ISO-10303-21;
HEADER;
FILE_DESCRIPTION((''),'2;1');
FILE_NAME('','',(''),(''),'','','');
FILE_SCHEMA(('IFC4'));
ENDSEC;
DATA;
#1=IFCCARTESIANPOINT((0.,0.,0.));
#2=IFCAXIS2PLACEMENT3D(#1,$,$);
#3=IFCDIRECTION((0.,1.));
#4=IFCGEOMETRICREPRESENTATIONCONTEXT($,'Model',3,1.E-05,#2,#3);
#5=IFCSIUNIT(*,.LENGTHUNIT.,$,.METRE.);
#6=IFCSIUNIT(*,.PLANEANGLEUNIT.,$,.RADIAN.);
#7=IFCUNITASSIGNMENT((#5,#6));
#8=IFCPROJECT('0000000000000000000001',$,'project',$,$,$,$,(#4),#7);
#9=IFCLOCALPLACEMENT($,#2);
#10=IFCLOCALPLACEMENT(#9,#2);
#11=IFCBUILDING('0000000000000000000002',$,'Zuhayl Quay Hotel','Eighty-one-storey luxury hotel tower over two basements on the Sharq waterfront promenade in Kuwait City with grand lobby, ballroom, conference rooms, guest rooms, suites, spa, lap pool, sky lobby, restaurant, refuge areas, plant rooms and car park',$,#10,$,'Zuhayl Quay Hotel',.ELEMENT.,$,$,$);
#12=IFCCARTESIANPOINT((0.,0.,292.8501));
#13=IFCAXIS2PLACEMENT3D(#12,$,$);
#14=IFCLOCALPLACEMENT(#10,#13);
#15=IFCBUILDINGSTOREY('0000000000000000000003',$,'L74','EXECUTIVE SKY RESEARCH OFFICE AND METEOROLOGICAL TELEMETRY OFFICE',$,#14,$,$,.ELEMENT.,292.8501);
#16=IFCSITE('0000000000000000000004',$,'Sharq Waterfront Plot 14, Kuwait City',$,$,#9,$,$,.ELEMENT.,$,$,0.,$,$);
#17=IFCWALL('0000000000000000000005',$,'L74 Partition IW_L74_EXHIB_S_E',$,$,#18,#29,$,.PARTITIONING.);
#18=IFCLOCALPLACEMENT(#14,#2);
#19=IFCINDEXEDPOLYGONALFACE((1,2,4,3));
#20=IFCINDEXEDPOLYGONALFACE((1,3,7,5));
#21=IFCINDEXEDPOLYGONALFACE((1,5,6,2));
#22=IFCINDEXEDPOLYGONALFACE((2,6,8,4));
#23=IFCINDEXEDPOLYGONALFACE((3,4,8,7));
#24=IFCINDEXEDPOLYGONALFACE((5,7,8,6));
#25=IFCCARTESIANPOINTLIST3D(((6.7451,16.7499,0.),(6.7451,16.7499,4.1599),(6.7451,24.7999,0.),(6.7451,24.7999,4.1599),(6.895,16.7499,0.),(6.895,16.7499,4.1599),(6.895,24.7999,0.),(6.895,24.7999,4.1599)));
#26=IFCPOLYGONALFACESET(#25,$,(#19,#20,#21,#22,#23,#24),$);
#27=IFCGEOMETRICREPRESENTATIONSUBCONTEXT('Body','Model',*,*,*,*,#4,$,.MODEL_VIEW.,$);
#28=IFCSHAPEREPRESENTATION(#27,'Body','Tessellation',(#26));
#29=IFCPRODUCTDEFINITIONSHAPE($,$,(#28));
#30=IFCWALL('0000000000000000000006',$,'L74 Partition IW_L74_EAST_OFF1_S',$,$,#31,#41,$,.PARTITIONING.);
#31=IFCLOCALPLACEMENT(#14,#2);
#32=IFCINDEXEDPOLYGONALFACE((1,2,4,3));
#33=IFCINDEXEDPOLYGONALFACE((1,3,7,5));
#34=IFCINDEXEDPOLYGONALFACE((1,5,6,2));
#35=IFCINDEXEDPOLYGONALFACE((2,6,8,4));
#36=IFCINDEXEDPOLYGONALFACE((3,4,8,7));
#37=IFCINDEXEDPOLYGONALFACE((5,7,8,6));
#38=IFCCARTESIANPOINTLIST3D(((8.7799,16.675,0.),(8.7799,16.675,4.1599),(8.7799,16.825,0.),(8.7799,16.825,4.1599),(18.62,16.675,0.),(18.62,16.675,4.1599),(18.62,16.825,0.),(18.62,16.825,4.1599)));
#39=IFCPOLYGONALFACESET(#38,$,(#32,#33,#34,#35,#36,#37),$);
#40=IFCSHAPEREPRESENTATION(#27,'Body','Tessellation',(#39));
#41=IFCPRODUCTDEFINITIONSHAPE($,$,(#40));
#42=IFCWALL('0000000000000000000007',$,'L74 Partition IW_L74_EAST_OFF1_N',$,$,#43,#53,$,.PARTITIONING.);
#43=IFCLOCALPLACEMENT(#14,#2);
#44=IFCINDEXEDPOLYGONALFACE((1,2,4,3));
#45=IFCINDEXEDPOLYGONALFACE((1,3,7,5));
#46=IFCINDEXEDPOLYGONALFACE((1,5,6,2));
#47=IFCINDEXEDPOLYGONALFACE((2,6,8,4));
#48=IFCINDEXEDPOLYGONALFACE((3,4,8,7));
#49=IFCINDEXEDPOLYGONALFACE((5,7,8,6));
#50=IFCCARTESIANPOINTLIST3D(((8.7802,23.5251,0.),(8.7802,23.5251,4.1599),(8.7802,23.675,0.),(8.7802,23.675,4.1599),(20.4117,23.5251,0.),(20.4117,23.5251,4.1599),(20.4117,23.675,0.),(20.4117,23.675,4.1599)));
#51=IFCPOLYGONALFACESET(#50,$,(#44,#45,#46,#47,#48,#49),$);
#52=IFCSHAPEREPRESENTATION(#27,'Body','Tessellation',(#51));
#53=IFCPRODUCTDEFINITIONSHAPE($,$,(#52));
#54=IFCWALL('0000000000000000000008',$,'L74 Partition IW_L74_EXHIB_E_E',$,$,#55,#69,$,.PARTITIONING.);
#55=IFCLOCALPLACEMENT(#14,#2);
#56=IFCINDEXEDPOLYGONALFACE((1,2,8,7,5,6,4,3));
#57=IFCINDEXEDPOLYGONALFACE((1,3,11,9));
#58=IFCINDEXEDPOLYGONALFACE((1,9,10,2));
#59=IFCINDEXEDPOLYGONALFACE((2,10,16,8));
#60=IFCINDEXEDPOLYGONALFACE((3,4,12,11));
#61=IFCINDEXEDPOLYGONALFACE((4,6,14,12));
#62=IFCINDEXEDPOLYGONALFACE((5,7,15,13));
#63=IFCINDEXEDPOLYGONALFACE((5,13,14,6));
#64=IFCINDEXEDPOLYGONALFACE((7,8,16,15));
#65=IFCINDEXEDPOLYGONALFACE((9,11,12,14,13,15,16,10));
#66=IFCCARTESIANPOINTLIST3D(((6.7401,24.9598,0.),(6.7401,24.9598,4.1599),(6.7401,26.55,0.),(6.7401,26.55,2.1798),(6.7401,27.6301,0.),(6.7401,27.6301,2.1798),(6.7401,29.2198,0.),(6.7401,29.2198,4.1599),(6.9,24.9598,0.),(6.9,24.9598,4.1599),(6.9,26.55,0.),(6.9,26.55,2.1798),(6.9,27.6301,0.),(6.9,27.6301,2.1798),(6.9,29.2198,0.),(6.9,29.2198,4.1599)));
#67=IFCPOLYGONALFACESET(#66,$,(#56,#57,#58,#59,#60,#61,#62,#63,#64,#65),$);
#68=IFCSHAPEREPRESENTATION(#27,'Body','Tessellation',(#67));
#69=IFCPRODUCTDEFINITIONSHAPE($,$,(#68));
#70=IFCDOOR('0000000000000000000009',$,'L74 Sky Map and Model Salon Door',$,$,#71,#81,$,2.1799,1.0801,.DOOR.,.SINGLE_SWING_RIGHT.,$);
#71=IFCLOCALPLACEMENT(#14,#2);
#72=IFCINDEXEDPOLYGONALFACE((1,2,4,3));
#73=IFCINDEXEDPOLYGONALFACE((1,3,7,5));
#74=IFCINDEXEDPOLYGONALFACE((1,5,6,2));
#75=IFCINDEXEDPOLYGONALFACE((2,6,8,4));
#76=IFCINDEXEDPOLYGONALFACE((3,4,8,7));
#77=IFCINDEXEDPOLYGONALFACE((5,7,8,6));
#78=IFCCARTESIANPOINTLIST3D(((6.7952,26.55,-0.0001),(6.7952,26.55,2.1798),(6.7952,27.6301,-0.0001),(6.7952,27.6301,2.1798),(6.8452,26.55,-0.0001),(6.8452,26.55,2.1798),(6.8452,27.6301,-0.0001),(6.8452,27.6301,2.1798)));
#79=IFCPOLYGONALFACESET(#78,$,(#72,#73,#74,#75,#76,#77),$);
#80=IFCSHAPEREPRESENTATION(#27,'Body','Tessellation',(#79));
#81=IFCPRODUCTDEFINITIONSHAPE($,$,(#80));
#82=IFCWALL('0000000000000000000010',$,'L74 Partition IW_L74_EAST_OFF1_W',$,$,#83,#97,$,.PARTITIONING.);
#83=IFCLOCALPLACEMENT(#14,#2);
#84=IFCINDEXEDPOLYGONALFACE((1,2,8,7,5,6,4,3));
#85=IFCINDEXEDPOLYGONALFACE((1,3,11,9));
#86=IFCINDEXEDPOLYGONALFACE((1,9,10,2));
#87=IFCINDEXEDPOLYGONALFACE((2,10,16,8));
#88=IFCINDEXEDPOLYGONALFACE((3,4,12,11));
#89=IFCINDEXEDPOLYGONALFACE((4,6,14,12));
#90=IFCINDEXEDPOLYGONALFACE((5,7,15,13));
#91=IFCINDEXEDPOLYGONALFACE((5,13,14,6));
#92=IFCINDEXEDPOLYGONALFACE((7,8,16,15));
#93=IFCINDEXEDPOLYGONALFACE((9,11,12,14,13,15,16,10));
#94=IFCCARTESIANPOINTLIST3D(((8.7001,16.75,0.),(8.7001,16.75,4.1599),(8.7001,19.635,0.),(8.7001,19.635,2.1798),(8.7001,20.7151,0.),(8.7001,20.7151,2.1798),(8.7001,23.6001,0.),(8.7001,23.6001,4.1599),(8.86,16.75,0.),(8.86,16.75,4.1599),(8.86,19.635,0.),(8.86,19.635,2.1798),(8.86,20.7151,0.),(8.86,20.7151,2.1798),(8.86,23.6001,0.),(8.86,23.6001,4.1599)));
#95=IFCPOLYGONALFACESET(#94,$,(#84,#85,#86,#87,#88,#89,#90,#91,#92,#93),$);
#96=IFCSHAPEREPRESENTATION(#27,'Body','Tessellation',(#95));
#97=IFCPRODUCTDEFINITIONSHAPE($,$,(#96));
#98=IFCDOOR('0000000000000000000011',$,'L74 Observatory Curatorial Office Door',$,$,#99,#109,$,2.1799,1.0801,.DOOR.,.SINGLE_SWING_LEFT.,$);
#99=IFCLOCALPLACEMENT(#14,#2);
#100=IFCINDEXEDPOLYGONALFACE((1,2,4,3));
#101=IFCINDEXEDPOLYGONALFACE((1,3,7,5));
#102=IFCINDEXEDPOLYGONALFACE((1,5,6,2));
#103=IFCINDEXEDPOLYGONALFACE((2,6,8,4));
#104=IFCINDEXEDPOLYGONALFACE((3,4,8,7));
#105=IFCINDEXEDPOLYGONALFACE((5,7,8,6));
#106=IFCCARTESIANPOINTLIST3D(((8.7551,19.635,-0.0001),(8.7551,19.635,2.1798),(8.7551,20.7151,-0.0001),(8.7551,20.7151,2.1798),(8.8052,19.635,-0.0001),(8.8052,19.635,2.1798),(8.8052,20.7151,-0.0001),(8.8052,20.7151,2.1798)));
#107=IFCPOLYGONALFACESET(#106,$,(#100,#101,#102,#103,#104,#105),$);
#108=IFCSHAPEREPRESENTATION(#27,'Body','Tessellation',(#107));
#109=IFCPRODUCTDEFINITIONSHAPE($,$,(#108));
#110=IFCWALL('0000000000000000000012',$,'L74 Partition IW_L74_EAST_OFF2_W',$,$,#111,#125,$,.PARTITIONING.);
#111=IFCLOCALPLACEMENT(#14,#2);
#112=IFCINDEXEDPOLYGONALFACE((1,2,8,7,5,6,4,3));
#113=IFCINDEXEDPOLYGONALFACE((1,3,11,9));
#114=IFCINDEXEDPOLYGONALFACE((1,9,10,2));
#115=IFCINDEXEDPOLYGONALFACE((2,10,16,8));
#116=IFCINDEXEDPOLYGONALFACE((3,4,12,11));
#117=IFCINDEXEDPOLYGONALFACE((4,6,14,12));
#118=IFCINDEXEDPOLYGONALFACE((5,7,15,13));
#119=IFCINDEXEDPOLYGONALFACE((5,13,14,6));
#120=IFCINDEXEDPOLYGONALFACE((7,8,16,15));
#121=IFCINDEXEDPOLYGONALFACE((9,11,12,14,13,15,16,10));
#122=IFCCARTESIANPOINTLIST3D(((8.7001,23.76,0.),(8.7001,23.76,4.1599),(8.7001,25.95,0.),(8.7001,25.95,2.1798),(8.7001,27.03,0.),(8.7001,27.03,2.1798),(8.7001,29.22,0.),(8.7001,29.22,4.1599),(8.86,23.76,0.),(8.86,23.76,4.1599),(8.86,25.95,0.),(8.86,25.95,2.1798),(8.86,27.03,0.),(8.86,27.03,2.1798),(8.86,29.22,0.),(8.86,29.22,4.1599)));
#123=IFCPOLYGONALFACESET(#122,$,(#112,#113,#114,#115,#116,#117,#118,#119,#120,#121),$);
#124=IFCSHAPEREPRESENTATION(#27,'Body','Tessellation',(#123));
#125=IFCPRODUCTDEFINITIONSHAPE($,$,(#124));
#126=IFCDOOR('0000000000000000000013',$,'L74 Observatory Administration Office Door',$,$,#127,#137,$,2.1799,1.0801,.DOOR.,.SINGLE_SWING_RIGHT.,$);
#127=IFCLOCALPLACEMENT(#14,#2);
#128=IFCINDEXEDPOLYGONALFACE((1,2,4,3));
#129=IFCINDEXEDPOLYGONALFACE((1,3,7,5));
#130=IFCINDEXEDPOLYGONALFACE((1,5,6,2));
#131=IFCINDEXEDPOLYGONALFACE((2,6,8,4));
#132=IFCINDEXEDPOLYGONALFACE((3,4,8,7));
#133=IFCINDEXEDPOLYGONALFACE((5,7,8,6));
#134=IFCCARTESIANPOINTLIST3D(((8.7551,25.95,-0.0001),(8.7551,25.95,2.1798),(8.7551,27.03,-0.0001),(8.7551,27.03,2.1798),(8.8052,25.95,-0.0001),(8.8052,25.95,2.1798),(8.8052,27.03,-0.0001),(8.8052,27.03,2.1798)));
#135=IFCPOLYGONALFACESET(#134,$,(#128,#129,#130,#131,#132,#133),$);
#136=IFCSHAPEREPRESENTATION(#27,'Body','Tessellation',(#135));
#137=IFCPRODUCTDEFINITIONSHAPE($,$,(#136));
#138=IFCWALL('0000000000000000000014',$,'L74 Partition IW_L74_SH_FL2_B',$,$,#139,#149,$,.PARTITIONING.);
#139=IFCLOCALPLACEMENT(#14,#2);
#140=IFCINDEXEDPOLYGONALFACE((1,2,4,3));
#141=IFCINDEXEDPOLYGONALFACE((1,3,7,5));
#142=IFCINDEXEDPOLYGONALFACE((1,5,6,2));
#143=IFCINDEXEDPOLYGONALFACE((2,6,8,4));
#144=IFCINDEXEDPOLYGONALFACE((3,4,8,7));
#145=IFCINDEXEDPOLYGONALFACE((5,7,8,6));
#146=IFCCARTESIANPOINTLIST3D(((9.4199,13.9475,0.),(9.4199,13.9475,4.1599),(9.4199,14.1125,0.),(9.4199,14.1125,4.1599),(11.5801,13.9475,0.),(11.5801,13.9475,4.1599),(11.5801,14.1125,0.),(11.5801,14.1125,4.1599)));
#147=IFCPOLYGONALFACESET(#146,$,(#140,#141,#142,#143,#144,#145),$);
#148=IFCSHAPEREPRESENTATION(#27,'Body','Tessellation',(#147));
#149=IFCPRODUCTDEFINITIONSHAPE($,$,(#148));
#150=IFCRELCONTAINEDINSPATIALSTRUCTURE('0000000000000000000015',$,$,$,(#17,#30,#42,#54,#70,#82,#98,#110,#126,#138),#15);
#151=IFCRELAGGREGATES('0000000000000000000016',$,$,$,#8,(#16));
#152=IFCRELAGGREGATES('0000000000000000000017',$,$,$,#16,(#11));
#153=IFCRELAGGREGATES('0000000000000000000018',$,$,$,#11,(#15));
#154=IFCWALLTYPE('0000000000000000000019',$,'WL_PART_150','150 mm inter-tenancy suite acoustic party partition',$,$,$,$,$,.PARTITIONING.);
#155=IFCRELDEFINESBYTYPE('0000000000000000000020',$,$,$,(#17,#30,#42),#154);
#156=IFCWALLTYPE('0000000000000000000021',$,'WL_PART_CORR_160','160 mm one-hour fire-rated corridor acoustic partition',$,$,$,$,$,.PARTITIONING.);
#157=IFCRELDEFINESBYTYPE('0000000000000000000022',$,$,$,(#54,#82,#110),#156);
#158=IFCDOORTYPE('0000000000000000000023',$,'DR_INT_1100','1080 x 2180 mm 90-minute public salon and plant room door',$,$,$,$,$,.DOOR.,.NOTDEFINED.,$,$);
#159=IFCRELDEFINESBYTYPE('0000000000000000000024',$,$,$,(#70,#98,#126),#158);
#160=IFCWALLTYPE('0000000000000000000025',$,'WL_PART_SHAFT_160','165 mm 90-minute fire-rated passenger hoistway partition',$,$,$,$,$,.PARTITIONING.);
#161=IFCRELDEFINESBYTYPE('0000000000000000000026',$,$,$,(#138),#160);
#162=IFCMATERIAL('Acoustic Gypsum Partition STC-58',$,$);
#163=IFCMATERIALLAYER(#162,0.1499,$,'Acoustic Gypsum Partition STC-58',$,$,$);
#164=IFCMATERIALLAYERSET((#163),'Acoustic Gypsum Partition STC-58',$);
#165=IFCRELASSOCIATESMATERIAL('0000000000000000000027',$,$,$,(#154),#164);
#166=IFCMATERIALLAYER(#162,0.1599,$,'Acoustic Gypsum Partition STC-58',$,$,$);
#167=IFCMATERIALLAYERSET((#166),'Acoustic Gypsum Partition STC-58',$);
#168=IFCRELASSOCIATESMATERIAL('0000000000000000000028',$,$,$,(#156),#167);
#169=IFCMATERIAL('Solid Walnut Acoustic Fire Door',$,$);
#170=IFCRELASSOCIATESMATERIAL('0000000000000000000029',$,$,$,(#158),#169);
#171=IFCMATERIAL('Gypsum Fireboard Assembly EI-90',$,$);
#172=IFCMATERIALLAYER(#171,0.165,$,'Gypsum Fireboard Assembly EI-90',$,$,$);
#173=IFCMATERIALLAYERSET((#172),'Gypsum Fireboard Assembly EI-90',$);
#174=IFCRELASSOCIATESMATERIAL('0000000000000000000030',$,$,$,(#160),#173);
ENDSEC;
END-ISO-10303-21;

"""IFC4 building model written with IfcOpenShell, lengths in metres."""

from ifc_helpers import new_model, si_unit, direction, frame, frame_2d, origin, place, context, subcontext, project, spatial, rectangle, extrude, material, layer, layer_set, type_object, element, fill, save


model = new_model("IFC4")

# Units and contexts
model_context = context("Model", 3, precision=1e-05, world=origin(), true_north=direction((0.0, 1.0)))
body_context = subcontext(model_context, "Body", "Model", "MODEL_VIEW")
ifc_project = project(units=[si_unit("LENGTHUNIT", "METRE"), si_unit("PLANEANGLEUNIT", "RADIAN")], contexts=[model_context])

# Site, building, storey
site_placement = place(None, origin())
site = spatial("IfcSite", under=ifc_project, at=site_placement, Name="Sharq Waterfront Plot 14, Kuwait City", CompositionType="ELEMENT", RefElevation=0.0)
building_placement = place(site_placement, origin())
building = spatial("IfcBuilding", under=site, at=building_placement, Name="Zuhayl Quay Hotel", Description="Eighty-one-storey luxury hotel tower over two basements on the Sharq waterfront promenade in Kuwait City with grand lobby, ballroom, conference rooms, guest rooms, suites, spa, lap pool, sky lobby, restaurant, refuge areas, plant rooms and car park", LongName="Zuhayl Quay Hotel", CompositionType="ELEMENT")
storey_placement = place(building_placement, frame((0.0, 0.0, 292.8501)))
storey = spatial("IfcBuildingStorey", under=building, at=storey_placement, Name="L74", Description="EXECUTIVE SKY RESEARCH OFFICE AND METEOROLOGICAL TELEMETRY OFFICE", CompositionType="ELEMENT", Elevation=292.8501)

# Walls
ifc_material_1 = material(Name="Acoustic Gypsum Partition STC-58")
ifc_layer_1 = layer(ifc_material_1, 0.1499, Name="Acoustic Gypsum Partition STC-58")
ifc_layer_set_1 = layer_set([ifc_layer_1], Name="Acoustic Gypsum Partition STC-58")
wall_type_1 = type_object("IfcWallType", Name="WL_PART_150", Description="150 mm inter-tenancy suite acoustic party partition", PredefinedType="PARTITIONING", material=ifc_layer_set_1)
wall_1_placement = place(storey_placement, frame((6.8201, 16.75, 0.0), z_axis=(0.0, 0.0, 1.0), x_axis=(0.0, 1.0, 0.0)))
element("IfcWall", 1, at=wall_1_placement, inside=storey, type_object=wall_type_1, Name="L74 Partition IW_L74_EXHIB_S_E", PredefinedType="PARTITIONING", context=body_context, shape_type="SweptSolid", body=[
    extrude(rectangle(XDim=8.05, YDim=0.1499, at=frame_2d((4.0249, 0.0))), origin(), (0.0, 0.0, 1.0), 4.1599),
])
wall_2_placement = place(storey_placement, frame((8.78, 16.75, 0.0), z_axis=(0.0, 0.0, 1.0), x_axis=(1.0, 0.0, 0.0)))
element("IfcWall", 2, at=wall_2_placement, inside=storey, type_object=wall_type_1, Name="L74 Partition IW_L74_EAST_OFF1_S", PredefinedType="PARTITIONING", context=body_context, shape_type="SweptSolid", body=[
    extrude(rectangle(XDim=9.8401, YDim=0.1499, at=frame_2d((4.9199, 0.0))), origin(), (0.0, 0.0, 1.0), 4.1599),
])
wall_3_placement = place(storey_placement, frame((8.78, 23.6001, 0.0), z_axis=(0.0, 0.0, 1.0), x_axis=(1.0, 0.0, 0.0)))
element("IfcWall", 3, at=wall_3_placement, inside=storey, type_object=wall_type_1, Name="L74 Partition IW_L74_EAST_OFF1_N", PredefinedType="PARTITIONING", context=body_context, shape_type="SweptSolid", body=[
    extrude(rectangle(XDim=11.6316, YDim=0.1499, at=frame_2d((5.8159, 0.0))), origin(), (0.0, 0.0, 1.0), 4.1599),
])

# Walls, openings, doors
ifc_layer_2 = layer(ifc_material_1, 0.1599, Name="Acoustic Gypsum Partition STC-58")
ifc_layer_set_2 = layer_set([ifc_layer_2], Name="Acoustic Gypsum Partition STC-58")
wall_type_2 = type_object("IfcWallType", Name="WL_PART_CORR_160", Description="160 mm one-hour fire-rated corridor acoustic partition", PredefinedType="PARTITIONING", material=ifc_layer_set_2)
wall_4_placement = place(storey_placement, frame((6.8201, 24.96, 0.0), z_axis=(0.0, 0.0, 1.0), x_axis=(0.0, 1.0, 0.0)))
wall_4 = element("IfcWall", 4, at=wall_4_placement, inside=storey, type_object=wall_type_2, Name="L74 Partition IW_L74_EXHIB_E_E", PredefinedType="PARTITIONING", context=body_context, shape_type="SweptSolid", body=[
    extrude(rectangle(XDim=4.26, YDim=0.1599, at=frame_2d((2.1299, 0.0))), origin(), (0.0, 0.0, 1.0), 4.1599),
])
opening_1_placement = place(wall_4_placement, frame((1.5901, 0.0, 0.0)))
opening_1 = element("IfcOpeningElement", 5, at=opening_1_placement, cuts=wall_4, PredefinedType="OPENING", context=body_context, shape_type="SweptSolid", body=[
    extrude(rectangle(XDim=1.0801, YDim=2.1799, at=frame_2d((0.54, 1.0898))), frame((0.0, 0.0898, 0.0), z_axis=(0.0, -1.0, 0.0), x_axis=(1.0, 0.0, 0.0)), (0.0, 0.0, 1.0), 0.1799),
])
ifc_material_2 = material(Name="Solid Walnut Acoustic Fire Door")
door_type_1 = type_object("IfcDoorType", Name="DR_INT_1100", Description="1080 x 2180 mm 90-minute public salon and plant room door", OperationType="NOTDEFINED", PredefinedType="DOOR", material=ifc_material_2)
door_1_placement = place(opening_1_placement, origin())
door_1 = element("IfcDoor", 6, at=door_1_placement, inside=storey, type_object=door_type_1, Name="L74 Sky Map and Model Salon Door", OperationType="SINGLE_SWING_RIGHT", OverallHeight=2.1799, OverallWidth=1.0801, PredefinedType="DOOR", context=body_context, shape_type="SweptSolid", body=[
    extrude(rectangle(XDim=1.0801, YDim=2.1799, at=frame_2d((0.54, 1.0898))), frame((0.0, 0.0249, 0.0), z_axis=(0.0, -1.0, 0.0), x_axis=(1.0, 0.0, 0.0)), (0.0, 0.0, 1.0), 0.05),
])
fill(opening_1, door_1)
wall_5_placement = place(storey_placement, frame((8.78, 16.75, 0.0), z_axis=(0.0, 0.0, 1.0), x_axis=(0.0, 1.0, 0.0)))
wall_5 = element("IfcWall", 7, at=wall_5_placement, inside=storey, type_object=wall_type_2, Name="L74 Partition IW_L74_EAST_OFF1_W", PredefinedType="PARTITIONING", context=body_context, shape_type="SweptSolid", body=[
    extrude(rectangle(XDim=6.8501, YDim=0.1599, at=frame_2d((3.425, 0.0))), origin(), (0.0, 0.0, 1.0), 4.1599),
])
opening_2_placement = place(wall_5_placement, frame((2.885, 0.0, 0.0)))
opening_2 = element("IfcOpeningElement", 8, at=opening_2_placement, cuts=wall_5, PredefinedType="OPENING", context=body_context, shape_type="SweptSolid", body=[
    extrude(rectangle(XDim=1.0801, YDim=2.1799, at=frame_2d((0.54, 1.0898))), frame((0.0, 0.0898, 0.0), z_axis=(0.0, -1.0, 0.0), x_axis=(1.0, 0.0, 0.0)), (0.0, 0.0, 1.0), 0.1799),
])
door_2_placement = place(opening_2_placement, origin())
door_2 = element("IfcDoor", 9, at=door_2_placement, inside=storey, type_object=door_type_1, Name="L74 Observatory Curatorial Office Door", OperationType="SINGLE_SWING_LEFT", OverallHeight=2.1799, OverallWidth=1.0801, PredefinedType="DOOR", context=body_context, shape_type="SweptSolid", body=[
    extrude(rectangle(XDim=1.0801, YDim=2.1799, at=frame_2d((0.54, 1.0898))), frame((0.0, 0.0249, 0.0), z_axis=(0.0, -1.0, 0.0), x_axis=(1.0, 0.0, 0.0)), (0.0, 0.0, 1.0), 0.05),
])
fill(opening_2, door_2)
wall_6_placement = place(storey_placement, frame((8.78, 23.76, 0.0), z_axis=(0.0, 0.0, 1.0), x_axis=(0.0, 1.0, 0.0)))
wall_6 = element("IfcWall", 10, at=wall_6_placement, inside=storey, type_object=wall_type_2, Name="L74 Partition IW_L74_EAST_OFF2_W", PredefinedType="PARTITIONING", context=body_context, shape_type="SweptSolid", body=[
    extrude(rectangle(XDim=5.46, YDim=0.1599, at=frame_2d((2.73, 0.0))), origin(), (0.0, 0.0, 1.0), 4.1599),
])
opening_3_placement = place(wall_6_placement, frame((2.1899, 0.0, 0.0)))
opening_3 = element("IfcOpeningElement", 11, at=opening_3_placement, cuts=wall_6, PredefinedType="OPENING", context=body_context, shape_type="SweptSolid", body=[
    extrude(rectangle(XDim=1.0801, YDim=2.1799, at=frame_2d((0.54, 1.0898))), frame((0.0, 0.0898, 0.0), z_axis=(0.0, -1.0, 0.0), x_axis=(1.0, 0.0, 0.0)), (0.0, 0.0, 1.0), 0.1799),
])
door_3_placement = place(opening_3_placement, origin())
door_3 = element("IfcDoor", 12, at=door_3_placement, inside=storey, type_object=door_type_1, Name="L74 Observatory Administration Office Door", OperationType="SINGLE_SWING_RIGHT", OverallHeight=2.1799, OverallWidth=1.0801, PredefinedType="DOOR", context=body_context, shape_type="SweptSolid", body=[
    extrude(rectangle(XDim=1.0801, YDim=2.1799, at=frame_2d((0.54, 1.0898))), frame((0.0, 0.0249, 0.0), z_axis=(0.0, -1.0, 0.0), x_axis=(1.0, 0.0, 0.0)), (0.0, 0.0, 1.0), 0.05),
])
fill(opening_3, door_3)

# Wall
ifc_material_3 = material(Name="Gypsum Fireboard Assembly EI-90")
ifc_layer_3 = layer(ifc_material_3, 0.165, Name="Gypsum Fireboard Assembly EI-90")
ifc_layer_set_3 = layer_set([ifc_layer_3], Name="Gypsum Fireboard Assembly EI-90")
wall_type_3 = type_object("IfcWallType", Name="WL_PART_SHAFT_160", Description="165 mm 90-minute fire-rated passenger hoistway partition", PredefinedType="PARTITIONING", material=ifc_layer_set_3)
wall_7_placement = place(storey_placement, frame((9.4199, 14.03, 0.0), z_axis=(0.0, 0.0, 1.0), x_axis=(1.0, 0.0, 0.0)))
element("IfcWall", 13, at=wall_7_placement, inside=storey, type_object=wall_type_3, Name="L74 Partition IW_L74_SH_FL2_B", PredefinedType="PARTITIONING", context=body_context, shape_type="SweptSolid", body=[
    extrude(rectangle(XDim=2.1602, YDim=0.165, at=frame_2d((1.0801, 0.0))), origin(), (0.0, 0.0, 1.0), 4.1599),
])

save(model, "model.ifc")
